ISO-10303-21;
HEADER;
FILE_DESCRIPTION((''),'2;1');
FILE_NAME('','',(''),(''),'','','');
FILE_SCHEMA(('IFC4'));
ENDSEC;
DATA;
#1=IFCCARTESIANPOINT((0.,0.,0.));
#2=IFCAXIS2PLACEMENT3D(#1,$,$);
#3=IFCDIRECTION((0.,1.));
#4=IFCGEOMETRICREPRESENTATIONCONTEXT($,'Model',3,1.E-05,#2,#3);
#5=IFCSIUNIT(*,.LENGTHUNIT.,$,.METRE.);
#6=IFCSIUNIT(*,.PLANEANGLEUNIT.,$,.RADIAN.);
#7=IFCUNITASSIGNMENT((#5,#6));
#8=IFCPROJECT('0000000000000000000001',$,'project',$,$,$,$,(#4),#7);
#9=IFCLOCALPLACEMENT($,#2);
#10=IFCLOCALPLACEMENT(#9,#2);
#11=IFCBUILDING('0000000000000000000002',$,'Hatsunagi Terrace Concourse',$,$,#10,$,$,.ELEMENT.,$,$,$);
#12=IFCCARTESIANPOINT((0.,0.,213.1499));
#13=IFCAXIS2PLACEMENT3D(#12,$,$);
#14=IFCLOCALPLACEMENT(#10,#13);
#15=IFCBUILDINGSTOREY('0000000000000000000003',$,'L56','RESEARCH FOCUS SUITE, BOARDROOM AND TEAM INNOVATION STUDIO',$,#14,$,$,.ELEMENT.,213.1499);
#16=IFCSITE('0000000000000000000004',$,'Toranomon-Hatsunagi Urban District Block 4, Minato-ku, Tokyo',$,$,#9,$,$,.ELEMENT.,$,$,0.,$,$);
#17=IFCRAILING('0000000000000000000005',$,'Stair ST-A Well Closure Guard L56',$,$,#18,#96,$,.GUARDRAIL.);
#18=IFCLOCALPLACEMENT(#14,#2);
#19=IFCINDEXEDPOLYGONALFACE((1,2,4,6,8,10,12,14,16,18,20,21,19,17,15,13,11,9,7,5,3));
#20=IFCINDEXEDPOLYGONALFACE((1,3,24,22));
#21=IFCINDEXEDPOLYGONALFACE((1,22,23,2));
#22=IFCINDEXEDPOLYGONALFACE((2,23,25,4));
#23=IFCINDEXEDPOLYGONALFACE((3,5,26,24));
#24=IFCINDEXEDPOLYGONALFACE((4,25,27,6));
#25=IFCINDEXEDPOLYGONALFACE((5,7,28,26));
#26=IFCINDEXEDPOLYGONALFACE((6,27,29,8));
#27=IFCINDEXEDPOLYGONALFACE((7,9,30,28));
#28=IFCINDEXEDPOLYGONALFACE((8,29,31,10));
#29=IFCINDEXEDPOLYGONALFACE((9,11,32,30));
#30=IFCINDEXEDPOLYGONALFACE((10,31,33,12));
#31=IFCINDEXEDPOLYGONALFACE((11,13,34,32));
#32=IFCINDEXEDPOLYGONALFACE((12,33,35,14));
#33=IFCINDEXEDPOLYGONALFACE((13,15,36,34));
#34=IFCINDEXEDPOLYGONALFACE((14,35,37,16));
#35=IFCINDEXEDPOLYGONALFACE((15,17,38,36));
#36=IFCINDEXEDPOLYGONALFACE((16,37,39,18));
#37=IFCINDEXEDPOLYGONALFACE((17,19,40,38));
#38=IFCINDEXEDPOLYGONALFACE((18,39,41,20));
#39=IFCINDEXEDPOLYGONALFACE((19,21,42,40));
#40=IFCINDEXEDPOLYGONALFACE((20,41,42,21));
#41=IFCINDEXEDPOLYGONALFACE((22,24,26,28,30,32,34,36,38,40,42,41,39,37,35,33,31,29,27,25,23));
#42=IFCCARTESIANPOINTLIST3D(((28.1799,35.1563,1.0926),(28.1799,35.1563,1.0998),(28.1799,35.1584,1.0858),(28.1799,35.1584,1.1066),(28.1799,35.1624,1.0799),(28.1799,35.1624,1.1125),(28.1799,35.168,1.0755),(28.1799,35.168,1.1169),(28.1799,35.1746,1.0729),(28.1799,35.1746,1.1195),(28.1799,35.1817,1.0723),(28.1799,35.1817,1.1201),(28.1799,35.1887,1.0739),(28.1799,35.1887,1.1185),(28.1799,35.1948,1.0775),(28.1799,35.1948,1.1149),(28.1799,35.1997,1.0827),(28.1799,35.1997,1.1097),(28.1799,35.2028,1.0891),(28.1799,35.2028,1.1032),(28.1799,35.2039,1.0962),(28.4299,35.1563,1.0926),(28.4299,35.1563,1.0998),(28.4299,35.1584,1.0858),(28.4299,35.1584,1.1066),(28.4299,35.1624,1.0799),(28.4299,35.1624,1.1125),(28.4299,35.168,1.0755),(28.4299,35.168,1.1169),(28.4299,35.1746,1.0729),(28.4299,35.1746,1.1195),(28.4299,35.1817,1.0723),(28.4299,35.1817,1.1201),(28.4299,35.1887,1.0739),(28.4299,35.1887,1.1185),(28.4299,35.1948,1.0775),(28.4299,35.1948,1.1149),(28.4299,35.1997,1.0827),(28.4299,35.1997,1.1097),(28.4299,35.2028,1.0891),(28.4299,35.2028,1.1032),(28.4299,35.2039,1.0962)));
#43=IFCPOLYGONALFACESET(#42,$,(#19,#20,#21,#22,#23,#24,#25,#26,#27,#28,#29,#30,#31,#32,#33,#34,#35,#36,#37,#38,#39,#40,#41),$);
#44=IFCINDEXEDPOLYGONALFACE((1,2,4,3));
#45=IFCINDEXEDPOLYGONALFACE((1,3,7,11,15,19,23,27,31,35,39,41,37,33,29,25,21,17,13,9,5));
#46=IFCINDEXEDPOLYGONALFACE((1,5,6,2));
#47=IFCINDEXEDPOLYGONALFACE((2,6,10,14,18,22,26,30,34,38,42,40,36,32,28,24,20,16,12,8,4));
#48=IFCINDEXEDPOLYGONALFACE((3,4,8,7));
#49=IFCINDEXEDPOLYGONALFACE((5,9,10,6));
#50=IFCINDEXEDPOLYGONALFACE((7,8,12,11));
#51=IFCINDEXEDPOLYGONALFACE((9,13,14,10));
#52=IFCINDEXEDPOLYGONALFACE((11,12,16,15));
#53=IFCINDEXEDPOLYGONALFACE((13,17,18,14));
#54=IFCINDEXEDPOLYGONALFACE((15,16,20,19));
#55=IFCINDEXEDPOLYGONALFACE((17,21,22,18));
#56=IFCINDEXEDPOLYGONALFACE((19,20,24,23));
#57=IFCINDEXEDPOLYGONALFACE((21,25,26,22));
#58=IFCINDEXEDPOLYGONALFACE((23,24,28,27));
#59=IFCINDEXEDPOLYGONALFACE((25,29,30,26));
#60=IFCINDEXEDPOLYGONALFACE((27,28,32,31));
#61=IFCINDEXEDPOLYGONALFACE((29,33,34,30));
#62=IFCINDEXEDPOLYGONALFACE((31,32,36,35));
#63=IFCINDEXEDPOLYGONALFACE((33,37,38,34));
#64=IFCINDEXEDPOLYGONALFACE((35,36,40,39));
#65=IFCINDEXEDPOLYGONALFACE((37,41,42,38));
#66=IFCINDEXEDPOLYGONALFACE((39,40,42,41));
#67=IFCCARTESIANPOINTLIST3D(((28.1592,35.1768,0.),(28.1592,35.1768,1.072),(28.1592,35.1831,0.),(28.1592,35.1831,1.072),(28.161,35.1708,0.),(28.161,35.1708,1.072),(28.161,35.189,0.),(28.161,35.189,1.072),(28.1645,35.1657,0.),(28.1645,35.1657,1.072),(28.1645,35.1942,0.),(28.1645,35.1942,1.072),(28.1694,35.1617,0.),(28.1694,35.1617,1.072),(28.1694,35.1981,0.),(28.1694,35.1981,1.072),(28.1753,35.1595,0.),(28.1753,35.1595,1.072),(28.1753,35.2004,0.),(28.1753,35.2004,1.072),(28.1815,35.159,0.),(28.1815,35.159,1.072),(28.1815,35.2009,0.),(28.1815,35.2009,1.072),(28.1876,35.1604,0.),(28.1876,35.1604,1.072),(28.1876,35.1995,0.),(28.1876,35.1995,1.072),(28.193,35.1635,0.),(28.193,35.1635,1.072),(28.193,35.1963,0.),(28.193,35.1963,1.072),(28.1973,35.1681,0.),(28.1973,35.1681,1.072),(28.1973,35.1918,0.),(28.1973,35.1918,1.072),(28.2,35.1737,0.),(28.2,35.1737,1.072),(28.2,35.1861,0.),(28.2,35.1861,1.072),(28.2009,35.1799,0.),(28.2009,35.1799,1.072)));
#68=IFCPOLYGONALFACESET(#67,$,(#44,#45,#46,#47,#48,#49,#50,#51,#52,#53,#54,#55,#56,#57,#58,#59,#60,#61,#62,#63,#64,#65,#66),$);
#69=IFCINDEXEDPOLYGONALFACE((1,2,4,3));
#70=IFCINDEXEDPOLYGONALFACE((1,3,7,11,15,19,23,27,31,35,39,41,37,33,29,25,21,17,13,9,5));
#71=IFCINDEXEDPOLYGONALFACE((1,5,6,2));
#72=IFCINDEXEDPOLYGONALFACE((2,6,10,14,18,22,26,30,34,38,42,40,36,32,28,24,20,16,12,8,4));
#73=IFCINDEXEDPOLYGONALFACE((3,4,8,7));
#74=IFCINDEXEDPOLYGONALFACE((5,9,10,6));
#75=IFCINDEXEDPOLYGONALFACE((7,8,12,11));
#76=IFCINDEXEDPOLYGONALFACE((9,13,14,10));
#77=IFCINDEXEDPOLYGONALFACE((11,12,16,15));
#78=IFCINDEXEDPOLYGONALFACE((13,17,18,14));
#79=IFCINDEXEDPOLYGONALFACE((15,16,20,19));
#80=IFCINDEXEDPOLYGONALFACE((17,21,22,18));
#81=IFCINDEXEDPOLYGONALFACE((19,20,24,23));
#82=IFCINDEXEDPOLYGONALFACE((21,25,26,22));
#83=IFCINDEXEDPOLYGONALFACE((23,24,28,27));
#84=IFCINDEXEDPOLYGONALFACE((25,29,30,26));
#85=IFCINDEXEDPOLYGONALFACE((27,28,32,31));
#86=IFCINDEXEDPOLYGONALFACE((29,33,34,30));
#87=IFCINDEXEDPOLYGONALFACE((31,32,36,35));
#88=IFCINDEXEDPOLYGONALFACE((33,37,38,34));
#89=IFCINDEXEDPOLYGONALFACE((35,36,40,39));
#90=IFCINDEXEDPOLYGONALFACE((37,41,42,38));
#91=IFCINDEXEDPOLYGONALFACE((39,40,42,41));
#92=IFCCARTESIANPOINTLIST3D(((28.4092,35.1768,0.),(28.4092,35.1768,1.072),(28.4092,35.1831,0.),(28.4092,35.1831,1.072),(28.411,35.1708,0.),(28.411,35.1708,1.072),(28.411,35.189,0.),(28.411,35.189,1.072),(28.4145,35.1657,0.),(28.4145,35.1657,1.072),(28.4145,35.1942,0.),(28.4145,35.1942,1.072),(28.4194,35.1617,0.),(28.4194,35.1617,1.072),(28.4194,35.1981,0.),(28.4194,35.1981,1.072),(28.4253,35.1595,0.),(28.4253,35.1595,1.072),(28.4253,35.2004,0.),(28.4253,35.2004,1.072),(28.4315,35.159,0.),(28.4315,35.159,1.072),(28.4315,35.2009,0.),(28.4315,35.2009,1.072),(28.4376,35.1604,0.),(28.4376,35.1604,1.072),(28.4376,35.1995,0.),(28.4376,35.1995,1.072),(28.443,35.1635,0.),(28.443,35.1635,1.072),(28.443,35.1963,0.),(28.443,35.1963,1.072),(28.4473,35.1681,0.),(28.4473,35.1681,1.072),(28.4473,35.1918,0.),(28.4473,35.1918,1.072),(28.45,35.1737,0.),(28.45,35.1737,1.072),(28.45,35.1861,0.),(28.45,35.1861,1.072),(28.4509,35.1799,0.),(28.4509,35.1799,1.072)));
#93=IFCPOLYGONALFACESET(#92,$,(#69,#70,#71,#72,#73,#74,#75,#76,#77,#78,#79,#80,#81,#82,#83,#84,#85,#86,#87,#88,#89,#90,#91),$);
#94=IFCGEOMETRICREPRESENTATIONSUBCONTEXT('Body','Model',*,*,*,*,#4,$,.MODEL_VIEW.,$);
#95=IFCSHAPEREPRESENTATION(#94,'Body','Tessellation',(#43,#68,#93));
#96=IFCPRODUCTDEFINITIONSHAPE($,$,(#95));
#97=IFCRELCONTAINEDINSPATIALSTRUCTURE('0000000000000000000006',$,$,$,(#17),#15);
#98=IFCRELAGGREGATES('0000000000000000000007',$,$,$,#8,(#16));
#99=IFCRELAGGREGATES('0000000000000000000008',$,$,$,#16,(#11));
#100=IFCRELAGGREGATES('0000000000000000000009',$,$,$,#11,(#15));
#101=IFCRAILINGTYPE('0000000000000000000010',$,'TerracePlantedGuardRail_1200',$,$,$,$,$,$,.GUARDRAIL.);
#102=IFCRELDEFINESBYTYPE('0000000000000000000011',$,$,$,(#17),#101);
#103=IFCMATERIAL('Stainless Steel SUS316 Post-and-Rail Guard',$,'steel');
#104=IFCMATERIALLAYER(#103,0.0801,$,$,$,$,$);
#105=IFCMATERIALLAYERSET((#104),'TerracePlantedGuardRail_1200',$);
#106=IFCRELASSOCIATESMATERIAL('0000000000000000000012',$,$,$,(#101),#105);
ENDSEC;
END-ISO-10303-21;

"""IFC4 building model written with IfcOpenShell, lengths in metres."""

from ifc_helpers import new_model, si_unit, direction, frame, origin, origin_2d, place, context, subcontext, project, spatial, circle, extrude, material, layer, layer_set, type_object, element, save


model = new_model("IFC4")

# Units and contexts
model_context = context("Model", 3, precision=1e-05, world=origin(), true_north=direction((0.0, 1.0)))
body_context = subcontext(model_context, "Body", "Model", "MODEL_VIEW")
ifc_project = project(units=[si_unit("LENGTHUNIT", "METRE"), si_unit("PLANEANGLEUNIT", "RADIAN")], contexts=[model_context])

# Site, building, storey
site_placement = place(None, origin())
site = spatial("IfcSite", under=ifc_project, at=site_placement, Name="Toranomon-Hatsunagi Urban District Block 4, Minato-ku, Tokyo", CompositionType="ELEMENT", RefElevation=0.0)
building_placement = place(site_placement, origin())
building = spatial("IfcBuilding", under=site, at=building_placement, Name="Hatsunagi Terrace Concourse", CompositionType="ELEMENT")
storey_placement = place(building_placement, frame((0.0, 0.0, 213.1499)))
storey = spatial("IfcBuildingStorey", under=building, at=storey_placement, Name="L56", Description="RESEARCH FOCUS SUITE, BOARDROOM AND TEAM INNOVATION STUDIO", CompositionType="ELEMENT", Elevation=213.1499)

# Railing
ifc_material_1 = material(Name="Stainless Steel SUS316 Post-and-Rail Guard", Category="steel")
ifc_layer_1 = layer(ifc_material_1, 0.0801)
ifc_layer_set_1 = layer_set([ifc_layer_1], Name="TerracePlantedGuardRail_1200")
railing_type_1 = type_object("IfcRailingType", Name="TerracePlantedGuardRail_1200", PredefinedType="GUARDRAIL", material=ifc_layer_set_1)
railing_1_placement = place(storey_placement, frame((28.1799, 35.1799, 0.0)))
element("IfcRailing", 1, at=railing_1_placement, inside=storey, type_object=railing_type_1, Name="Stair ST-A Well Closure Guard L56", PredefinedType="GUARDRAIL", context=body_context, shape_type="SweptSolid", body=[
    extrude(circle(Radius=0.0239, at=origin_2d()), frame((0.0, 0.0, 1.0962), z_axis=(1.0, 0.0, 0.0), x_axis=(0.0, 1.0, 0.0)), (0.0, 0.0, 1.0), 0.25),
    extrude(circle(Radius=0.021, at=origin_2d()), origin(), (0.0, 0.0, 1.0), 1.072),
    extrude(circle(Radius=0.021, at=origin_2d()), frame((0.25, 0.0, 0.0)), (0.0, 0.0, 1.0), 1.072),
])

save(model, "model.ifc")
